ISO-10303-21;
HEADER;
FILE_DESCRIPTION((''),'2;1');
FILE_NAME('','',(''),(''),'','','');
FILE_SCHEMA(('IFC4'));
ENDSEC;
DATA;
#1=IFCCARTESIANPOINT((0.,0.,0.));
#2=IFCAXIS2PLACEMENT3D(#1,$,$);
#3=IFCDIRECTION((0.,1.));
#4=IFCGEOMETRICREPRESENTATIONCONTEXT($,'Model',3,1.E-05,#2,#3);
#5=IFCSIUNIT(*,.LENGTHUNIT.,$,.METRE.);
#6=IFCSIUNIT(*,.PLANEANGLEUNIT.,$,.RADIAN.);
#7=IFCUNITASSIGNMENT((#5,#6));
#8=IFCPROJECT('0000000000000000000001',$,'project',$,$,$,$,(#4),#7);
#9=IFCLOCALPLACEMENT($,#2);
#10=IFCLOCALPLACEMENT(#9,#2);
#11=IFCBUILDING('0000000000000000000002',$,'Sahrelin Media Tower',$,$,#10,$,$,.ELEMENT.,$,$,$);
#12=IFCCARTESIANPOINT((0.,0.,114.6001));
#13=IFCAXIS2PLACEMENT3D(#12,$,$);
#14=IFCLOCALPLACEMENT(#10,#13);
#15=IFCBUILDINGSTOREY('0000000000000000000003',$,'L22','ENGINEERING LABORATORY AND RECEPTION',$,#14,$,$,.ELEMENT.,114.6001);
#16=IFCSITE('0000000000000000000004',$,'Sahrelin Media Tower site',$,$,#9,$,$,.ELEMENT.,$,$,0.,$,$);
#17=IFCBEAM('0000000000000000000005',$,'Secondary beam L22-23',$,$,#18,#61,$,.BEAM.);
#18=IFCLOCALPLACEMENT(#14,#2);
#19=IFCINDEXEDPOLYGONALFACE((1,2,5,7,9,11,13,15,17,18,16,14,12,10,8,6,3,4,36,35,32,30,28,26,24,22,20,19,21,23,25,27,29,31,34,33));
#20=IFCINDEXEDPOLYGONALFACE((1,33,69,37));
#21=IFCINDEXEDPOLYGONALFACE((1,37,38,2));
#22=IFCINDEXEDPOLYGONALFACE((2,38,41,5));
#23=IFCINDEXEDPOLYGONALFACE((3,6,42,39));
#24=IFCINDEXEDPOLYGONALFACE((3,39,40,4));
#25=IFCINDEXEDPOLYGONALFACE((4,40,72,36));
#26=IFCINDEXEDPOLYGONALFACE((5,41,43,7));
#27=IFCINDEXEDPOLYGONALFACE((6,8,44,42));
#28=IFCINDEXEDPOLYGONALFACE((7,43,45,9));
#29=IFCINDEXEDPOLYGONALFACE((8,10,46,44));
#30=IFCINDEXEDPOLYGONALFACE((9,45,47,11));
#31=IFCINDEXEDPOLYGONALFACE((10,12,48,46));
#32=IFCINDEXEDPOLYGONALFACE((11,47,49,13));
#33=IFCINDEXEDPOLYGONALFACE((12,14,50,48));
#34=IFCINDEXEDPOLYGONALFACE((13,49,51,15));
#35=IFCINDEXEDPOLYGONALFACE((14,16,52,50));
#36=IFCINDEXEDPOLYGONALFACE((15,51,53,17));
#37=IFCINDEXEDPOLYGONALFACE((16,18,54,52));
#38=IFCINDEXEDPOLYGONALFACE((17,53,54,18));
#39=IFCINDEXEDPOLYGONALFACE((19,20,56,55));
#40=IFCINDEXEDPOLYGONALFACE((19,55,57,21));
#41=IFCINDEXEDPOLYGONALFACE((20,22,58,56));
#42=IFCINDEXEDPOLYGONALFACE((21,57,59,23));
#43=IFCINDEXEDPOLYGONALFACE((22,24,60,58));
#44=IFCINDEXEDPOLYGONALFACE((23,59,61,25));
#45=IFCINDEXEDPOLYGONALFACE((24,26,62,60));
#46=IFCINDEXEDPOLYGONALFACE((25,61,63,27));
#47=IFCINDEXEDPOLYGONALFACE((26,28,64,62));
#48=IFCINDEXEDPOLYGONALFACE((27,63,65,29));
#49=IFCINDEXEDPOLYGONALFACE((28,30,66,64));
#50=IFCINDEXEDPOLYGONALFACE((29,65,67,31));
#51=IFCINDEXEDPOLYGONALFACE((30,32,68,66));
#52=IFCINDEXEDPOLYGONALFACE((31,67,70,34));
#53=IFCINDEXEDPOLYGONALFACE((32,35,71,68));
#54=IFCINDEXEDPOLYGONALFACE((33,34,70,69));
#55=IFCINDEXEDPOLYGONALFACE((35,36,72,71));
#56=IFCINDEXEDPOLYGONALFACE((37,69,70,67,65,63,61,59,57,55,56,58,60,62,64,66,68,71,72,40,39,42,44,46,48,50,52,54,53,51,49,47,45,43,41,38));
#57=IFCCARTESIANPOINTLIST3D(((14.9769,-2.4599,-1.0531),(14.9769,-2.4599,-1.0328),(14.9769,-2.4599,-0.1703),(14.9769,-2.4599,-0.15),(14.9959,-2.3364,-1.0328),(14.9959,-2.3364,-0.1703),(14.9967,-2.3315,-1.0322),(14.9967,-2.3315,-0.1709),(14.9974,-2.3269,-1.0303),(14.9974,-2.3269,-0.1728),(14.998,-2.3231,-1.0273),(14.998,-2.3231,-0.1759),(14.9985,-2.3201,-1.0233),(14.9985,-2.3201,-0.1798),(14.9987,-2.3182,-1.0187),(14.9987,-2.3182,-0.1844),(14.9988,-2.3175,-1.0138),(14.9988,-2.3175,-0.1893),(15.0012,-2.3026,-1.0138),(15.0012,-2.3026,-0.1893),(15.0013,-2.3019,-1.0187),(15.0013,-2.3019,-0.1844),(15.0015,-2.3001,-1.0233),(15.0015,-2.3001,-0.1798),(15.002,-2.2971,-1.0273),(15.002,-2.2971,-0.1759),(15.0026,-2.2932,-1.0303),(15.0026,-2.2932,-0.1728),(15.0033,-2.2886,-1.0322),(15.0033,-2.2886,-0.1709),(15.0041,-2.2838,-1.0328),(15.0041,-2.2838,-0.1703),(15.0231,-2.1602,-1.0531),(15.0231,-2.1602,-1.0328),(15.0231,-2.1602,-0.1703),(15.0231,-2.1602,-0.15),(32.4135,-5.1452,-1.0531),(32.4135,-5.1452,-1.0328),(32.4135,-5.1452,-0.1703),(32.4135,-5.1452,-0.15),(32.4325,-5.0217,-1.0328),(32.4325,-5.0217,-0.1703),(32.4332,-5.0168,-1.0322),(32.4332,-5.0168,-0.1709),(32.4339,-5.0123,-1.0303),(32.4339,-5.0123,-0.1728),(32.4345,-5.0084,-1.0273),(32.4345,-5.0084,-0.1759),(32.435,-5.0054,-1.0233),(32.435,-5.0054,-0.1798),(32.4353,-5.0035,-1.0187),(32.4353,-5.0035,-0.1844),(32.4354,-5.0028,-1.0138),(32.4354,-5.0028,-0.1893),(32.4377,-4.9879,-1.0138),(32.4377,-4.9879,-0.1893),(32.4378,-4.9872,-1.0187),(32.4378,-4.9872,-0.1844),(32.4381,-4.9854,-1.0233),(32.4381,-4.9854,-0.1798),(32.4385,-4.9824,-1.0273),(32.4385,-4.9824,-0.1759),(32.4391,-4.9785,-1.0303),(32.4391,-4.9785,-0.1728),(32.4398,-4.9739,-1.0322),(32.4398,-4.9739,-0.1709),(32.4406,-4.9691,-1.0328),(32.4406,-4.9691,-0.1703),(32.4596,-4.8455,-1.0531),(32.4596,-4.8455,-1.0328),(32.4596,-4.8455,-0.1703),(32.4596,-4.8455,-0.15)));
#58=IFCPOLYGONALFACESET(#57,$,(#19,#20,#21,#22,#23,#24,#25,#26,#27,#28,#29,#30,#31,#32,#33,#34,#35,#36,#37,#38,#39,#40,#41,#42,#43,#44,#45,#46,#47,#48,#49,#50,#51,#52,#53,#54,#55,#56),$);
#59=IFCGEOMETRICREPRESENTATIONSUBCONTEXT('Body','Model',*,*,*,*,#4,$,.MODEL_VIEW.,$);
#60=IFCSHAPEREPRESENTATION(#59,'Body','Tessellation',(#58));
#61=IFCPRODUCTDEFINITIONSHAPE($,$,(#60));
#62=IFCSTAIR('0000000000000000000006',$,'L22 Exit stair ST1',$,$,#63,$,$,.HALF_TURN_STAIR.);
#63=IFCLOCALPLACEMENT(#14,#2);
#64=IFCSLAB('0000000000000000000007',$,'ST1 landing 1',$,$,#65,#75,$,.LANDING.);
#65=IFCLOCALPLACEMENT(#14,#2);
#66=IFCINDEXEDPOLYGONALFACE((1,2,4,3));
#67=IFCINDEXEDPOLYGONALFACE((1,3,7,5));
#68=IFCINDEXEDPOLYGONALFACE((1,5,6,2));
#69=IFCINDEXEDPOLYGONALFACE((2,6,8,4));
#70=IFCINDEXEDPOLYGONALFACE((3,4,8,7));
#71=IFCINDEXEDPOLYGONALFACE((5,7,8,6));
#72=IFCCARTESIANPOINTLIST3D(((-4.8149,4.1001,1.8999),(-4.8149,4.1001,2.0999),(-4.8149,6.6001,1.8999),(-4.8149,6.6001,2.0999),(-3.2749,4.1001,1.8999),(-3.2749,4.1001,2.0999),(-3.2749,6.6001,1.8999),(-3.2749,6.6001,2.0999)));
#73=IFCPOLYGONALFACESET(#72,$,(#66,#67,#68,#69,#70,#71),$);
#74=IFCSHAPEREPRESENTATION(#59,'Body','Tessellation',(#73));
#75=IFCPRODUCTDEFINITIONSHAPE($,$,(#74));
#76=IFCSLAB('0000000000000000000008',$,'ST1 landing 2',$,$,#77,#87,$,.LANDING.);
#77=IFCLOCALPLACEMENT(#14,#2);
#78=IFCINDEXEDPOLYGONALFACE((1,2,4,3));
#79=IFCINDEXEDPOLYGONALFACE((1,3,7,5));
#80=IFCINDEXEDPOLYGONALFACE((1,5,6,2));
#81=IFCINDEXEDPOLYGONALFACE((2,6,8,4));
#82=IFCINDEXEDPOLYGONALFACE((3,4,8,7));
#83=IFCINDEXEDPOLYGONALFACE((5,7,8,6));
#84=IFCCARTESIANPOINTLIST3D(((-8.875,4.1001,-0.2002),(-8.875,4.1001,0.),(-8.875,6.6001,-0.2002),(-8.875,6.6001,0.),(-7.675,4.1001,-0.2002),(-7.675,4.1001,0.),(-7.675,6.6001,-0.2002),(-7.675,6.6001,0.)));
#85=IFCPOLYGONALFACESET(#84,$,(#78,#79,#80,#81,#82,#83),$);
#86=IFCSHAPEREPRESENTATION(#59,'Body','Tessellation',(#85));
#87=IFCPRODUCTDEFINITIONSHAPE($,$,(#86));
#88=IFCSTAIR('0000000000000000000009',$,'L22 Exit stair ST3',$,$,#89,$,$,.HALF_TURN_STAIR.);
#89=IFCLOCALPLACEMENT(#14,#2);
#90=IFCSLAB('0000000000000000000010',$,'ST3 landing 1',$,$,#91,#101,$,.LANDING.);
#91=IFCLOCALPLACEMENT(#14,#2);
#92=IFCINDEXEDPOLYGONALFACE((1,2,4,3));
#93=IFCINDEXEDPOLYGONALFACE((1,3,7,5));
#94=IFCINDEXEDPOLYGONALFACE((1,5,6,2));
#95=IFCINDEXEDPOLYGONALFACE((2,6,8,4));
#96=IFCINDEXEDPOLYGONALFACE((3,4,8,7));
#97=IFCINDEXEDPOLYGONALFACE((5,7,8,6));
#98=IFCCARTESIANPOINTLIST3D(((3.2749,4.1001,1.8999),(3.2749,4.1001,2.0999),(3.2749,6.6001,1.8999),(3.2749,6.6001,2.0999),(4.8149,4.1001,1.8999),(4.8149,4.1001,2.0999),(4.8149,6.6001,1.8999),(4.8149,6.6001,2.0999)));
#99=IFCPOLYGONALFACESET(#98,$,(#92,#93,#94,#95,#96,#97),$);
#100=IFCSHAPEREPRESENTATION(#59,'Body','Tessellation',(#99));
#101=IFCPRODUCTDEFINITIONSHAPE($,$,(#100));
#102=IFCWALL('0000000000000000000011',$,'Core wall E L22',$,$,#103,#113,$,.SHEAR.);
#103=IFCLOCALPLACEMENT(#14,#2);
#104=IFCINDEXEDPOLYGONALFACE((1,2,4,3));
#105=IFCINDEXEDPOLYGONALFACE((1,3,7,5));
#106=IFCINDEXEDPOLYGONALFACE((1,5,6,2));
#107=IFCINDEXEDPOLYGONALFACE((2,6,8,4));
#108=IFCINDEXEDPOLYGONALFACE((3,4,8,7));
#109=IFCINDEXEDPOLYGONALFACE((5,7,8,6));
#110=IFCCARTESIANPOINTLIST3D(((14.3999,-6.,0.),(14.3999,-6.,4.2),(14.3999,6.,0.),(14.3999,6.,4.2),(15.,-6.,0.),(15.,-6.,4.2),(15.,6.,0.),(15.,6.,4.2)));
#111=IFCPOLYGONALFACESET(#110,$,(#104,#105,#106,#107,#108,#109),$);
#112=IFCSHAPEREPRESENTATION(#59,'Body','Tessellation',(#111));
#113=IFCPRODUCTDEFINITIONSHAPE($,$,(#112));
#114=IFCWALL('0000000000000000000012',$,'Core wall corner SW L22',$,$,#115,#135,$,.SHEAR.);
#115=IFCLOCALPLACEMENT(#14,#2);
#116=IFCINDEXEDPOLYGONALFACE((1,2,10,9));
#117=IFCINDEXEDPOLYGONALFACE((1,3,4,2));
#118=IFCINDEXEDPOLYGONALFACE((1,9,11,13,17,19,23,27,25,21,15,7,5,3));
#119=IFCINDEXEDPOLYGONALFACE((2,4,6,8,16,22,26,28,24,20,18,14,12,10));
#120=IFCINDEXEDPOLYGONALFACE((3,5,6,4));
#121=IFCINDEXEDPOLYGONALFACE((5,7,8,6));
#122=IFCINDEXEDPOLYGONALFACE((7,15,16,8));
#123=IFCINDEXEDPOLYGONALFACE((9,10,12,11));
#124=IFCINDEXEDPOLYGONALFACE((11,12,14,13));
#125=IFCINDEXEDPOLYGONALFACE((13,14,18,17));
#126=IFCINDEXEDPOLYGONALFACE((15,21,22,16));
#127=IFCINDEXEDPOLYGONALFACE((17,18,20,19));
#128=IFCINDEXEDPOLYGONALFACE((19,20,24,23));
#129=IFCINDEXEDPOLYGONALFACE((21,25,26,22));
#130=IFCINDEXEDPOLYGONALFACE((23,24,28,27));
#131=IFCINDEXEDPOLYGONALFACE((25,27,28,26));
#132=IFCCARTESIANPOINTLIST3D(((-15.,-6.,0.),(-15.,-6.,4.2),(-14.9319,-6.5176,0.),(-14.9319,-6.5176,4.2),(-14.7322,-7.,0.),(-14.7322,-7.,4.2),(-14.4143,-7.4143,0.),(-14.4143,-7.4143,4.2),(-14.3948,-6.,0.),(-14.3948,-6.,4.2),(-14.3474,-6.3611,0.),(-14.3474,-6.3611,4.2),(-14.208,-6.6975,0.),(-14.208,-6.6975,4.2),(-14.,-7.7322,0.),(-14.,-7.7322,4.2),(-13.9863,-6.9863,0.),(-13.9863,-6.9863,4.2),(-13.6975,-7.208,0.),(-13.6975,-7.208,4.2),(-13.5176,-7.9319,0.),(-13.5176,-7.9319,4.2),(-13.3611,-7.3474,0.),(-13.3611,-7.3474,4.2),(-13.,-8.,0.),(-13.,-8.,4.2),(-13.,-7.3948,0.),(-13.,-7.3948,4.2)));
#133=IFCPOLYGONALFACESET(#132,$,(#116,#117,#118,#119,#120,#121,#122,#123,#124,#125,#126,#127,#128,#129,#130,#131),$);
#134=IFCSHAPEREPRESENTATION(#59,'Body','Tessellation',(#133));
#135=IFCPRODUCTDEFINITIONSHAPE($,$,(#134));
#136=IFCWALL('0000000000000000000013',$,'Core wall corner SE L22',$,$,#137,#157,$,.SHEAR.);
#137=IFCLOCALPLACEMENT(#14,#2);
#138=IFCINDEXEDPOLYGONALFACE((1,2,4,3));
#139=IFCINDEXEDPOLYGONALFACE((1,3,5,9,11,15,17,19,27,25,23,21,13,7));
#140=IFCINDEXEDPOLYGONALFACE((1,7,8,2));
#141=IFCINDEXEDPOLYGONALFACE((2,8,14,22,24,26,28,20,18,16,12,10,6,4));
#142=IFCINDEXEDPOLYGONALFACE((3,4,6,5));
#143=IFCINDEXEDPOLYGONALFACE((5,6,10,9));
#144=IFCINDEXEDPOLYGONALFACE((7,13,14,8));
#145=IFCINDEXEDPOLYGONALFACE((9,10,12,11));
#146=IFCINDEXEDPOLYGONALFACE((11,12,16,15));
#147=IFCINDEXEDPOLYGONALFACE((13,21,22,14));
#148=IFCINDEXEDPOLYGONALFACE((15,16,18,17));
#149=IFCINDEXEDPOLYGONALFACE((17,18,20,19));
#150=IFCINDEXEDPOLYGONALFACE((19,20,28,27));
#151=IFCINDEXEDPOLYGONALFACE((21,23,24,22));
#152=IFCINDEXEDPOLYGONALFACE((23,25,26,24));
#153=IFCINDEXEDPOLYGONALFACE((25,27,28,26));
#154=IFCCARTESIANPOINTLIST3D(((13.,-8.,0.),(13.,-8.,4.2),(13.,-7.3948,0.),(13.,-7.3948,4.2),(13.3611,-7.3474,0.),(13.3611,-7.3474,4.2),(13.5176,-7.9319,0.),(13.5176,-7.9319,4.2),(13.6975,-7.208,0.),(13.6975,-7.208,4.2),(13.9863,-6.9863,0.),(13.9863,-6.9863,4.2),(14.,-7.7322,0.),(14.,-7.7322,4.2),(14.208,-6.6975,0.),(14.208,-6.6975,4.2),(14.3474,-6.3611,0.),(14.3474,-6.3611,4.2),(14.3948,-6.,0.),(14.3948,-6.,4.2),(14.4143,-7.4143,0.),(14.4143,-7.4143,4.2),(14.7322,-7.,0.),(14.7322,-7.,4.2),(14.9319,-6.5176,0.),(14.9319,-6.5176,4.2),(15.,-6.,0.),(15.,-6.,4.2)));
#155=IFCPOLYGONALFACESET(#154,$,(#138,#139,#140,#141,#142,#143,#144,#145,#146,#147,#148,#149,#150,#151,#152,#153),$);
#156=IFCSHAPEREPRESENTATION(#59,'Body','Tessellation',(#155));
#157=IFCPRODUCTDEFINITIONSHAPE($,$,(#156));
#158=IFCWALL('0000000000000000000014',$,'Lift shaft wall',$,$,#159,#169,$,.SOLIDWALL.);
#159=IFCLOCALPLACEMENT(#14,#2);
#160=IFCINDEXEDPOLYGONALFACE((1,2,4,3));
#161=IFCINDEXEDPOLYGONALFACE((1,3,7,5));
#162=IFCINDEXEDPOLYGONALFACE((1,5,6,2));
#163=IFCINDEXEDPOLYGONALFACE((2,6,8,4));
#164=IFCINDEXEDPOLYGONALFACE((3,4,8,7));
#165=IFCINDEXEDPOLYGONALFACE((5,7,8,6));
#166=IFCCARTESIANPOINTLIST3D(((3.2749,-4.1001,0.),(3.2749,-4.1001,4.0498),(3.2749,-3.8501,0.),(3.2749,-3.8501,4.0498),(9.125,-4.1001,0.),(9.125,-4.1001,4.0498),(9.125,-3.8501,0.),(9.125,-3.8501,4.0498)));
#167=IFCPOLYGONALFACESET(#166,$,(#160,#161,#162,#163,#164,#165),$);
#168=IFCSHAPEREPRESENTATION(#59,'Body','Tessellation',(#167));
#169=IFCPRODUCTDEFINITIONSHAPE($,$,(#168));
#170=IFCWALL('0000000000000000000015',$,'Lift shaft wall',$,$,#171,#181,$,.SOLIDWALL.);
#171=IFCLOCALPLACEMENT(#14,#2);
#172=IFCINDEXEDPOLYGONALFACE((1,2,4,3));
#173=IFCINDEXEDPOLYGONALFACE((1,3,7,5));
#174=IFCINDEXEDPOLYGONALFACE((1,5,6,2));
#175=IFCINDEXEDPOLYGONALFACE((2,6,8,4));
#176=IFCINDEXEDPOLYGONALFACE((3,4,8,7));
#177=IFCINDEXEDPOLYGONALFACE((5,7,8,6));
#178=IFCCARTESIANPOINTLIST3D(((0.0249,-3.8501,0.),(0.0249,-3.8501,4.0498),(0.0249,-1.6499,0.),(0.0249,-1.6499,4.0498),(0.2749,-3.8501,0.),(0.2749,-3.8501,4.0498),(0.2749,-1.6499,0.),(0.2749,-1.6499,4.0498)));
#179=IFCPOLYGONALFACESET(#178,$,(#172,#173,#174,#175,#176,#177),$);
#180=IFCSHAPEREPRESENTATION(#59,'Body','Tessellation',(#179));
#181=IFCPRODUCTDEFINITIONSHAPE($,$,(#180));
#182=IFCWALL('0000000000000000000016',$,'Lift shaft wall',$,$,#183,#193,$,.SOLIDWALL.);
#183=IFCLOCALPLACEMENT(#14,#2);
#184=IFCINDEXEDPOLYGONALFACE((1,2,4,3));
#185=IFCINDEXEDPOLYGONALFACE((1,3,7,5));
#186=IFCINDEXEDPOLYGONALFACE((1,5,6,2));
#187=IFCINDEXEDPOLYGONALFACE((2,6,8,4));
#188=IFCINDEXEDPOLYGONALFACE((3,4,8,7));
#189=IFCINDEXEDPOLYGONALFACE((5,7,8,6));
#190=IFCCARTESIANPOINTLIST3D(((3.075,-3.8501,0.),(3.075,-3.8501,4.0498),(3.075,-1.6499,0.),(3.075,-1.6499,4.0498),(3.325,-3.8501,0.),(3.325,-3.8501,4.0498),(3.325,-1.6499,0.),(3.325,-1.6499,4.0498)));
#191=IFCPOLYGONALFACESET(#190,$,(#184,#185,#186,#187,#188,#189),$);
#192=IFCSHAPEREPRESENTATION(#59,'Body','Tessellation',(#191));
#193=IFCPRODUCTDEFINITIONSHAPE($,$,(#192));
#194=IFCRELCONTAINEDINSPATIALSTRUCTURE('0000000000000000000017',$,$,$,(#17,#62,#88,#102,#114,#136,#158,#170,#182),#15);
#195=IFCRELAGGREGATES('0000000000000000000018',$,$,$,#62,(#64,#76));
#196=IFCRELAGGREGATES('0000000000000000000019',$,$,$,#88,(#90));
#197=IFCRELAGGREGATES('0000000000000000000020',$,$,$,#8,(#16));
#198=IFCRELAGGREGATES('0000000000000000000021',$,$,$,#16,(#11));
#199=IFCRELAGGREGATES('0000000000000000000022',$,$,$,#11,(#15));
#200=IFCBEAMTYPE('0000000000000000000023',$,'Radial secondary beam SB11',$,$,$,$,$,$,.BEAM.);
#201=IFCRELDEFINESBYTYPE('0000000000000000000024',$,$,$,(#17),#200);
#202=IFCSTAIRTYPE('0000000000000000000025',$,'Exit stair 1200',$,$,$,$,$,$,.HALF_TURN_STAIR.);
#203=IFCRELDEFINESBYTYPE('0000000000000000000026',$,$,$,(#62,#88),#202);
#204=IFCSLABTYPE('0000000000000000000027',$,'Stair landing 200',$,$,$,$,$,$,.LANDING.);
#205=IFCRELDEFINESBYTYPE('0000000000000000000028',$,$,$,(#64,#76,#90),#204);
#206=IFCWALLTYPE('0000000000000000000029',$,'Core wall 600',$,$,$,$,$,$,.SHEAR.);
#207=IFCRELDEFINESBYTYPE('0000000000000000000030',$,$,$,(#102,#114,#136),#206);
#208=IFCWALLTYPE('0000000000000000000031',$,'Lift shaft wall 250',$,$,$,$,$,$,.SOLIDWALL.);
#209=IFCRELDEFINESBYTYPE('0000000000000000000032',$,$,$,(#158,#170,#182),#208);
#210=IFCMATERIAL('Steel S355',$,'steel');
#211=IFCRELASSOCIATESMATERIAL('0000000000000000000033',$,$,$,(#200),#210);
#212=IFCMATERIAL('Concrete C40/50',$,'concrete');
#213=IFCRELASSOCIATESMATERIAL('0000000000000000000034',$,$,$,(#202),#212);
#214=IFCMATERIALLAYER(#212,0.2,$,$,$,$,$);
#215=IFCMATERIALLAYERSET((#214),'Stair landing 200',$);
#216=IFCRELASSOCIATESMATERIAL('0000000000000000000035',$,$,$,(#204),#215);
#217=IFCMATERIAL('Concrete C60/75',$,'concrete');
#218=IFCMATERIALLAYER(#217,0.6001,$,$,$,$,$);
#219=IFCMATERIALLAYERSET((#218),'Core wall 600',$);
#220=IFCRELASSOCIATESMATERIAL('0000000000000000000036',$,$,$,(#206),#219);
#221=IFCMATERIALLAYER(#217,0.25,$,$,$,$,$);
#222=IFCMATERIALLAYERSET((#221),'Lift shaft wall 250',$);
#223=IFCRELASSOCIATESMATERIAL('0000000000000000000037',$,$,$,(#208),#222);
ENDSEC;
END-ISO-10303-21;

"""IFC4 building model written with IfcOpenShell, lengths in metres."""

from ifc_helpers import new_model, si_unit, direction, frame, frame_2d, origin, origin_2d, place, context, subcontext, project, spatial, polyline, rectangle, i_section, outline, extrude, material, layer, layer_set, material_profile, profile_set, type_object, element, aggregate, save


model = new_model("IFC4")

# Units and contexts
model_context = context("Model", 3, precision=1e-05, world=origin(), true_north=direction((0.0, 1.0)))
body_context = subcontext(model_context, "Body", "Model", "MODEL_VIEW")
ifc_project = project(units=[si_unit("LENGTHUNIT", "METRE"), si_unit("PLANEANGLEUNIT", "RADIAN")], contexts=[model_context])

# Site, building, storey
site_placement = place(None, origin())
site = spatial("IfcSite", under=ifc_project, at=site_placement, Name="Sahrelin Media Tower site", CompositionType="ELEMENT", RefElevation=0.0)
building_placement = place(site_placement, origin())
building = spatial("IfcBuilding", under=site, at=building_placement, Name="Sahrelin Media Tower", CompositionType="ELEMENT")
storey_placement = place(building_placement, frame((0.0, 0.0, 114.6001)))
storey = spatial("IfcBuildingStorey", under=building, at=storey_placement, Name="L22", Description="ENGINEERING LABORATORY AND RECEPTION", CompositionType="ELEMENT", Elevation=114.6001)

# Beam
ifc_material_1 = material(Name="Steel S355", Category="steel")
ifc_material_profile_1 = material_profile(ifc_material_1, i_section(OverallWidth=0.3032, OverallDepth=0.9031, WebThickness=0.0151, FlangeThickness=0.0203, FilletRadius=0.019, at=origin_2d()), Name="UB 914x305x201")
ifc_profile_set_1 = profile_set([ifc_material_profile_1], Name="Steel S355")
beam_type_1 = type_object("IfcBeamType", Name="Radial secondary beam SB11", PredefinedType="BEAM", material=ifc_profile_set_1)
beam_1_placement = place(storey_placement, frame((15.0, -2.3101, -0.6016), z_axis=(0.988348, -0.15221, 0.0), x_axis=(0.15221, 0.988348, 0.0)))
element("IfcBeam", 1, at=beam_1_placement, inside=storey, type_object=beam_type_1, Name="Secondary beam L22-23", PredefinedType="BEAM", context=body_context, shape_type="SweptSolid", body=[
    extrude(i_section(OverallWidth=0.3032, OverallDepth=0.9031, WebThickness=0.0151, FlangeThickness=0.0203, FilletRadius=0.019, at=origin_2d()), origin(), (0.0, 0.0, 1.0), 17.6421),
])

# Stair, slabs
ifc_material_2 = material(Name="Concrete C40/50", Category="concrete")
stair_type = type_object("IfcStairType", Name="Exit stair 1200", PredefinedType="HALF_TURN_STAIR", material=ifc_material_2)
placement_1 = place(storey_placement, origin())
stair_1 = element("IfcStair", 2, at=placement_1, inside=storey, type_object=stair_type, Name="L22 Exit stair ST1", PredefinedType="HALF_TURN_STAIR")
ifc_layer_1 = layer(ifc_material_2, 0.2)
ifc_layer_set_1 = layer_set([ifc_layer_1], Name="Stair landing 200")
slab_type = type_object("IfcSlabType", Name="Stair landing 200", PredefinedType="LANDING", material=ifc_layer_set_1)
placement_2 = place(storey_placement, frame((0.0, 0.0, 1.8999)))
slab_1 = element("IfcSlab", 3, at=placement_2, type_object=slab_type, Name="ST1 landing 1", PredefinedType="LANDING", context=body_context, shape_type="SweptSolid", body=[
    extrude(outline(polyline([(-4.8149, 4.1001), (-3.2749, 4.1001), (-3.2749, 6.6001), (-4.8149, 6.6001), (-4.8149, 4.1001)])), origin(), (0.0, 0.0, 1.0), 0.2),
])
slab_2_placement = place(storey_placement, frame((0.0, 0.0, -0.2002)))
slab_2 = element("IfcSlab", 4, at=slab_2_placement, type_object=slab_type, Name="ST1 landing 2", PredefinedType="LANDING", context=body_context, shape_type="SweptSolid", body=[
    extrude(outline(polyline([(-8.875, 4.1001), (-7.675, 4.1001), (-7.675, 6.6001), (-8.875, 6.6001), (-8.875, 4.1001)])), origin(), (0.0, 0.0, 1.0), 0.2002),
])
aggregate(stair_1, [slab_1, slab_2])

# Stair, slab
stair_2 = element("IfcStair", 5, at=placement_1, inside=storey, type_object=stair_type, Name="L22 Exit stair ST3", PredefinedType="HALF_TURN_STAIR")
slab_3 = element("IfcSlab", 6, at=placement_2, type_object=slab_type, Name="ST3 landing 1", PredefinedType="LANDING", context=body_context, shape_type="SweptSolid", body=[
    extrude(outline(polyline([(4.8149, 6.6001), (3.2749, 6.6001), (3.2749, 4.1001), (4.8149, 4.1001), (4.8149, 6.6001)])), origin(), (0.0, 0.0, 1.0), 0.2),
])
aggregate(stair_2, [slab_3])

# Walls
ifc_material_3 = material(Name="Concrete C60/75", Category="concrete")
ifc_layer_2 = layer(ifc_material_3, 0.6001)
ifc_layer_set_2 = layer_set([ifc_layer_2], Name="Core wall 600")
wall_type_1 = type_object("IfcWallType", Name="Core wall 600", PredefinedType="SHEAR", material=ifc_layer_set_2)
wall_1_placement = place(storey_placement, frame((14.7, -6.0, 0.0), z_axis=(0.0, 0.0, 1.0), x_axis=(0.0, 1.0, 0.0)))
element("IfcWall", 7, at=wall_1_placement, inside=storey, type_object=wall_type_1, Name="Core wall E L22", PredefinedType="SHEAR", context=body_context, shape_type="SweptSolid", body=[
    extrude(rectangle(XDim=12.0, YDim=0.6001, at=frame_2d((6.0, 0.0))), origin(), (0.0, 0.0, 1.0), 4.2),
])
element("IfcWall", 8, at=placement_1, inside=storey, type_object=wall_type_1, Name="Core wall corner SW L22", PredefinedType="SHEAR", context=body_context, shape_type="SweptSolid", body=[
    extrude(outline(polyline([(-13.0, -8.0), (-13.0, -7.3948), (-13.3611, -7.3474), (-13.6975, -7.208), (-13.9863, -6.9863), (-14.208, -6.6975), (-14.3474, -6.3611), (-14.3948, -6.0), (-15.0, -6.0), (-14.9319, -6.5176), (-14.7322, -7.0), (-14.4143, -7.4143), (-14.0, -7.7322), (-13.5176, -7.9319), (-13.0, -8.0)])), origin(), (0.0, 0.0, 1.0), 4.2),
])
element("IfcWall", 9, at=placement_1, inside=storey, type_object=wall_type_1, Name="Core wall corner SE L22", PredefinedType="SHEAR", context=body_context, shape_type="SweptSolid", body=[
    extrude(outline(polyline([(15.0, -6.0), (14.3948, -6.0), (14.3474, -6.3611), (14.208, -6.6975), (13.9863, -6.9863), (13.6975, -7.208), (13.3611, -7.3474), (13.0, -7.3948), (13.0, -8.0), (13.5176, -7.9319), (14.0, -7.7322), (14.4143, -7.4143), (14.7322, -7.0), (14.9319, -6.5176), (15.0, -6.0)])), origin(), (0.0, 0.0, 1.0), 4.2),
])
ifc_layer_3 = layer(ifc_material_3, 0.25)
ifc_layer_set_3 = layer_set([ifc_layer_3], Name="Lift shaft wall 250")
wall_type_2 = type_object("IfcWallType", Name="Lift shaft wall 250", PredefinedType="SOLIDWALL", material=ifc_layer_set_3)
wall_2_placement = place(storey_placement, frame((3.2749, -3.9751, 0.0), z_axis=(0.0, 0.0, 1.0), x_axis=(1.0, 0.0, 0.0)))
element("IfcWall", 10, at=wall_2_placement, inside=storey, type_object=wall_type_2, Name="Lift shaft wall", PredefinedType="SOLIDWALL", context=body_context, shape_type="SweptSolid", body=[
    extrude(rectangle(XDim=5.8501, YDim=0.25, at=frame_2d((2.925, 0.0))), origin(), (0.0, 0.0, 1.0), 4.0498),
])
for number, where, z_axis, x_axis, name in (
    (11, (0.1499, -3.8501, 0.0), (0.0, 0.0, 1.0), (0.0, 1.0, 0.0), "Lift shaft wall"),
    (12, (3.2, -3.8501, 0.0), (0.0, 0.0, 1.0), (0.0, 1.0, 0.0), "Lift shaft wall"),
):
    element("IfcWall", number, at=place(storey_placement, frame(where, z_axis=z_axis, x_axis=x_axis)), inside=storey, type_object=wall_type_2, Name=name, PredefinedType="SOLIDWALL", context=body_context, shape_type="SweptSolid", body=[
        extrude(rectangle(XDim=2.2002, YDim=0.25, at=frame_2d((1.1001, 0.0))), origin(), (0.0, 0.0, 1.0), 4.0498),
    ])

save(model, "model.ifc")
